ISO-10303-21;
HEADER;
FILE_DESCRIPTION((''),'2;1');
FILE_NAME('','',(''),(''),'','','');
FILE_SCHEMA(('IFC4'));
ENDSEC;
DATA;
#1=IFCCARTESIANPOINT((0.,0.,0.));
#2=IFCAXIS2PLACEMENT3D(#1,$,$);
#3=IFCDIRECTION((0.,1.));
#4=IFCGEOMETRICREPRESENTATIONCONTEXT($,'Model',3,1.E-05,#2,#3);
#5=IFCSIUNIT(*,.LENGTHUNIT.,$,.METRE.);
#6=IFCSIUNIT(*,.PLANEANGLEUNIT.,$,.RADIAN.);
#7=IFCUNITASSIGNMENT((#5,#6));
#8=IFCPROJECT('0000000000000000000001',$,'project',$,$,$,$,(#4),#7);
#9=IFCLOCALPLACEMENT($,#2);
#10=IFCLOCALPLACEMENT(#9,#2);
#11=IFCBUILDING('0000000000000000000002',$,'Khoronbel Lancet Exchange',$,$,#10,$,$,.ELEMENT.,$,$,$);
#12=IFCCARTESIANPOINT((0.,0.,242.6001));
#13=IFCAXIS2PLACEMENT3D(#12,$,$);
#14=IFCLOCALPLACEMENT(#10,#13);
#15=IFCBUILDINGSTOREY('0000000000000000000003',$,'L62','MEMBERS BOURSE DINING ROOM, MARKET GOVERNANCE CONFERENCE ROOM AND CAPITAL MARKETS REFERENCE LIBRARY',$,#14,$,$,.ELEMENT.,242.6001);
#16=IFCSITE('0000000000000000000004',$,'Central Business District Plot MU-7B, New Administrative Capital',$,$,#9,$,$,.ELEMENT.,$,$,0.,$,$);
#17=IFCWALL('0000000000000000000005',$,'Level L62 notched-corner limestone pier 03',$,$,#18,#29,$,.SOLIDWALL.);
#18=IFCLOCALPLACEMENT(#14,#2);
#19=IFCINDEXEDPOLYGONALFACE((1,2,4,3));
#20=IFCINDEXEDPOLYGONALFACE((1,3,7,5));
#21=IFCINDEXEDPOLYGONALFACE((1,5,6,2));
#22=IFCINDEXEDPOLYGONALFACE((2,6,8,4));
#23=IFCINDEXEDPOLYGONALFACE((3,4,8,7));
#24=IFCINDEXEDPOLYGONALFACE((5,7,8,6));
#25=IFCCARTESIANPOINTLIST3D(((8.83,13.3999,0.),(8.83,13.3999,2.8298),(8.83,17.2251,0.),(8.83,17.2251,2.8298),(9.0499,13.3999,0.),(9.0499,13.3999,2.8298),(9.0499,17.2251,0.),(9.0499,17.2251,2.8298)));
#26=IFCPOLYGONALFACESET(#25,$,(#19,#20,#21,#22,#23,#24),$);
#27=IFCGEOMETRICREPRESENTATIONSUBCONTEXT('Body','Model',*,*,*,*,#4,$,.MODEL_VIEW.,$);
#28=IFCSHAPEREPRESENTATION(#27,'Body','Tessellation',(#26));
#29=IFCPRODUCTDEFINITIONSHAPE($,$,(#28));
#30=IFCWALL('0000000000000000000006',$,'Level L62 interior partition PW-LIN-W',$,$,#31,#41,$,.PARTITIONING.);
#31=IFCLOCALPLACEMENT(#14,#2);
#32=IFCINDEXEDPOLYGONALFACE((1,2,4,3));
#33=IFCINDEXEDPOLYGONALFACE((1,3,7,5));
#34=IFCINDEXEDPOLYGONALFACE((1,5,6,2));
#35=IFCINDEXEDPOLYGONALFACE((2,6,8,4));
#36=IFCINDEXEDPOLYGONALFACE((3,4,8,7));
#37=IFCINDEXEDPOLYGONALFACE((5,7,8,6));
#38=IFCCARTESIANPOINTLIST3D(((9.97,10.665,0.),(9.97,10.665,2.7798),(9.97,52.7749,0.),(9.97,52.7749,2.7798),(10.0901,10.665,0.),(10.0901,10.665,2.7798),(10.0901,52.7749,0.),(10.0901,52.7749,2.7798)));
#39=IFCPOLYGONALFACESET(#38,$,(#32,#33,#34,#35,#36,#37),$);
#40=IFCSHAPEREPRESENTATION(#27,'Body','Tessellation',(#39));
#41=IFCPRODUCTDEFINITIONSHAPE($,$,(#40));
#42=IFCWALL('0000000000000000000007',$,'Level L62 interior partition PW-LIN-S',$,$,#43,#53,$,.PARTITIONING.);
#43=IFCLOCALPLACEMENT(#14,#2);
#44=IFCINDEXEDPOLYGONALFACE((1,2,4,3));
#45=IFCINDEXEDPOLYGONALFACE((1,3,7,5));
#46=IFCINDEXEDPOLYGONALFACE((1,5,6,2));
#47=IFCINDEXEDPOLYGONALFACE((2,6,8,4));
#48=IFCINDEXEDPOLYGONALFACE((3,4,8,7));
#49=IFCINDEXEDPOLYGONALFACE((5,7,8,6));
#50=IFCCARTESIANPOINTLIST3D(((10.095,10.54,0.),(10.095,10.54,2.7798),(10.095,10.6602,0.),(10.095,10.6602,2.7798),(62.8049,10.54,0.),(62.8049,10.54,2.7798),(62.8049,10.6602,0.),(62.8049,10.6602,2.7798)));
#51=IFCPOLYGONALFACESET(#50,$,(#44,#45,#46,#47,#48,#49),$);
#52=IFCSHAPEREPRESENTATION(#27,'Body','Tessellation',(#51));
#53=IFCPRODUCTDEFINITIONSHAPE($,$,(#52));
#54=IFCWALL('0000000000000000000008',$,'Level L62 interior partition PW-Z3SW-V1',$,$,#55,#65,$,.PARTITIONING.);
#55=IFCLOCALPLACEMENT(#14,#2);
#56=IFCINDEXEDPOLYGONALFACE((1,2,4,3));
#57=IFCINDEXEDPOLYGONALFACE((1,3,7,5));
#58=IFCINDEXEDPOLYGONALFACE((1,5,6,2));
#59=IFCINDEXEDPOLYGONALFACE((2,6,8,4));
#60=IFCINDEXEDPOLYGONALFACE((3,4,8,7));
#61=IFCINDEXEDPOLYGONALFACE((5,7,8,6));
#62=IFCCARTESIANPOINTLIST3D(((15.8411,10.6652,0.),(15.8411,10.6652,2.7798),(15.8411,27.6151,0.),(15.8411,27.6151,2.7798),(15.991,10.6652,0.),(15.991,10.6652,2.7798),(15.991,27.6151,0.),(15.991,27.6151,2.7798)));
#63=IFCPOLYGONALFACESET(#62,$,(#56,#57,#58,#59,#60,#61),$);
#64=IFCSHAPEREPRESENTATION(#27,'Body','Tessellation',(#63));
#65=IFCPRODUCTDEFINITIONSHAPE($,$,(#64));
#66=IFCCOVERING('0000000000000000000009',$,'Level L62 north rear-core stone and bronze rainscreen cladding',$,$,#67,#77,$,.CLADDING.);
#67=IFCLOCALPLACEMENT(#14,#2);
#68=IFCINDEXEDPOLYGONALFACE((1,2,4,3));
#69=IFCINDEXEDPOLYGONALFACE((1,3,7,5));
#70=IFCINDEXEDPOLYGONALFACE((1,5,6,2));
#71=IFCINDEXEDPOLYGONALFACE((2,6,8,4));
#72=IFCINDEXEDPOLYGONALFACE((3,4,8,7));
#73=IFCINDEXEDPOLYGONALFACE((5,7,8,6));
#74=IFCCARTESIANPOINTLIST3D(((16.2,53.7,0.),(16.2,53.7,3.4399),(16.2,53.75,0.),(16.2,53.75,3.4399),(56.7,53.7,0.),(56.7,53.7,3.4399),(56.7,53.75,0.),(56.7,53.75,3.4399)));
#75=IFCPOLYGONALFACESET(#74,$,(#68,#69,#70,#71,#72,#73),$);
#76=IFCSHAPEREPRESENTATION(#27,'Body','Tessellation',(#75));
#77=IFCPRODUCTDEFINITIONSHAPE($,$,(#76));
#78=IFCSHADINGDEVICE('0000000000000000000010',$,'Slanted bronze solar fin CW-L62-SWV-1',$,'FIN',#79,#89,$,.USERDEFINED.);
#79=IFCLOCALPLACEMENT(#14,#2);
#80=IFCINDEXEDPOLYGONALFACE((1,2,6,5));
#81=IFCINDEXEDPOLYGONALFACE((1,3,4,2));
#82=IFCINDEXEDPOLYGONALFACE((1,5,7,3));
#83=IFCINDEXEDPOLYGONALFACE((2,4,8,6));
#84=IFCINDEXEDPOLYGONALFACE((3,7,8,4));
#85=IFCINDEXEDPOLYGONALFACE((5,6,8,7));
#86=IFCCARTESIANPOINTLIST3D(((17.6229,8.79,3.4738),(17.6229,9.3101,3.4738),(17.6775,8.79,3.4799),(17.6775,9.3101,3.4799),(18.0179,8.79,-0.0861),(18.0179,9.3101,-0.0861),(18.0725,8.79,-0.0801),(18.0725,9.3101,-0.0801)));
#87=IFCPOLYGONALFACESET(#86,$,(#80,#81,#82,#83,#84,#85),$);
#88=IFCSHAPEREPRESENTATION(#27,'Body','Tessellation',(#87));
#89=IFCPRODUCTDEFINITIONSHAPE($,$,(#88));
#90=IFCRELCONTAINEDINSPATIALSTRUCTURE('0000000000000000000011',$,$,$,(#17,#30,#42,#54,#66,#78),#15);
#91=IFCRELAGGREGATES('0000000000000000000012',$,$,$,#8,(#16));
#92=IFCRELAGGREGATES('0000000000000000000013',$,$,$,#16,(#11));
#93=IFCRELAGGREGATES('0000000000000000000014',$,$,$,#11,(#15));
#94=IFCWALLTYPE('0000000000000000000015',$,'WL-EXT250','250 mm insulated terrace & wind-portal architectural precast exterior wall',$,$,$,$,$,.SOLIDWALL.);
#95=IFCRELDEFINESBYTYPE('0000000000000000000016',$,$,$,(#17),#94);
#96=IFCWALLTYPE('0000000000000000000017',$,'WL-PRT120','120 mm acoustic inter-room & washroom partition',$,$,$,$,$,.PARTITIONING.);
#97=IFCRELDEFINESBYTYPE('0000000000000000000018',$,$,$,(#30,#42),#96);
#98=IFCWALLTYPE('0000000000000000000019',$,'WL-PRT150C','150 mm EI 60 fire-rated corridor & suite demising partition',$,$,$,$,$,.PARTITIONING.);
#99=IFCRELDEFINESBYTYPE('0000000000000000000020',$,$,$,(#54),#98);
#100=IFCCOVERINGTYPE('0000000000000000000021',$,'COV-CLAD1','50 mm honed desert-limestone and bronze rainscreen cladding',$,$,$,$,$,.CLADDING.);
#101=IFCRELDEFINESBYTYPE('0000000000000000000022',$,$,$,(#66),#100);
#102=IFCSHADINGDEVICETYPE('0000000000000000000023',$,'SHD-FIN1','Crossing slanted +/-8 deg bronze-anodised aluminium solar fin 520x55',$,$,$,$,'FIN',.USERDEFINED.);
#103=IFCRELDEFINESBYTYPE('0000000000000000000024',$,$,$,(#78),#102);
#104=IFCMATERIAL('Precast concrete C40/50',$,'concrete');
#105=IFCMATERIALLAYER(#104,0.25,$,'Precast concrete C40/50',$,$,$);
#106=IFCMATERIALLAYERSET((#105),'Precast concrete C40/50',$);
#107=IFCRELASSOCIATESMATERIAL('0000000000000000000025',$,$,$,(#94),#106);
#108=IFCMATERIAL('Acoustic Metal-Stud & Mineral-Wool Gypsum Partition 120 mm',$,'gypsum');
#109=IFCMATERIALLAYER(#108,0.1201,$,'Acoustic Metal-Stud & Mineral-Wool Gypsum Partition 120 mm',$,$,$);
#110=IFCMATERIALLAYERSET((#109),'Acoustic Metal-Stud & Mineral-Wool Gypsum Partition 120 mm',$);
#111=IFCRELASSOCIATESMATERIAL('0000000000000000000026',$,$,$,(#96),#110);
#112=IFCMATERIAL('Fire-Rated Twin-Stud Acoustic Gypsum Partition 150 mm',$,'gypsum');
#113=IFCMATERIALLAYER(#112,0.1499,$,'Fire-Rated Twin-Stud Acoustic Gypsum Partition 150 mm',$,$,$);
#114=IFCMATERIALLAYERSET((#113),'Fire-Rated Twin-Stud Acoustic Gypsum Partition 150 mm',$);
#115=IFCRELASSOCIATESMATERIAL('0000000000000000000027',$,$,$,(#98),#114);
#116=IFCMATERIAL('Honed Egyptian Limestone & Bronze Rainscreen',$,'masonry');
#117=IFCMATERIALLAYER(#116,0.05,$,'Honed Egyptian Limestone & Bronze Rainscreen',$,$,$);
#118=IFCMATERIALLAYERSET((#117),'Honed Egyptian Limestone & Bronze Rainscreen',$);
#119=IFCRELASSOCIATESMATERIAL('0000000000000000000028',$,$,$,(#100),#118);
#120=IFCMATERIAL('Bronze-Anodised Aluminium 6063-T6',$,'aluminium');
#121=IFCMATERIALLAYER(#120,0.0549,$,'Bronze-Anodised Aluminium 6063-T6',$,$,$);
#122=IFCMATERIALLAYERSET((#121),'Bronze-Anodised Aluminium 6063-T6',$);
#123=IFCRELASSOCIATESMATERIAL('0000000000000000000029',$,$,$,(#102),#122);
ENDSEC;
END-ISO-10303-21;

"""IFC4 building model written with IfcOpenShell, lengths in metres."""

from ifc_helpers import new_model, si_unit, direction, frame, frame_2d, origin, place, context, subcontext, project, spatial, polyline, rectangle, outline, extrude, material, layer, layer_set, type_object, element, save


model = new_model("IFC4")

# Units and contexts
model_context = context("Model", 3, precision=1e-05, world=origin(), true_north=direction((0.0, 1.0)))
body_context = subcontext(model_context, "Body", "Model", "MODEL_VIEW")
ifc_project = project(units=[si_unit("LENGTHUNIT", "METRE"), si_unit("PLANEANGLEUNIT", "RADIAN")], contexts=[model_context])

# Site, building, storey
site_placement = place(None, origin())
site = spatial("IfcSite", under=ifc_project, at=site_placement, Name="Central Business District Plot MU-7B, New Administrative Capital", CompositionType="ELEMENT", RefElevation=0.0)
building_placement = place(site_placement, origin())
building = spatial("IfcBuilding", under=site, at=building_placement, Name="Khoronbel Lancet Exchange", CompositionType="ELEMENT")
storey_placement = place(building_placement, frame((0.0, 0.0, 242.6001)))
storey = spatial("IfcBuildingStorey", under=building, at=storey_placement, Name="L62", Description="MEMBERS BOURSE DINING ROOM, MARKET GOVERNANCE CONFERENCE ROOM AND CAPITAL MARKETS REFERENCE LIBRARY", CompositionType="ELEMENT", Elevation=242.6001)

# Shared definitions
ifc_material_1 = material(Name="Bronze-Anodised Aluminium 6063-T6", Category="aluminium")

# Walls
ifc_material_2 = material(Name="Precast concrete C40/50", Category="concrete")
ifc_layer_1 = layer(ifc_material_2, 0.25, Name="Precast concrete C40/50")
ifc_layer_set_1 = layer_set([ifc_layer_1], Name="Precast concrete C40/50")
wall_type_1 = type_object("IfcWallType", Name="WL-EXT250", Description="250 mm insulated terrace & wind-portal architectural precast exterior wall", PredefinedType="SOLIDWALL", material=ifc_layer_set_1)
wall_1_placement = place(storey_placement, frame((8.9399, 13.3999, 0.0), z_axis=(0.0, 0.0, 1.0), x_axis=(0.0, 1.0, 0.0)))
element("IfcWall", 1, at=wall_1_placement, inside=storey, type_object=wall_type_1, Name="Level L62 notched-corner limestone pier 03", PredefinedType="SOLIDWALL", context=body_context, shape_type="SweptSolid", body=[
    extrude(rectangle(XDim=3.8252, YDim=0.22, at=frame_2d((1.9126, 0.0))), origin(), (0.0, 0.0, 1.0), 2.8298),
])
ifc_material_3 = material(Name="Acoustic Metal-Stud & Mineral-Wool Gypsum Partition 120 mm", Category="gypsum")
ifc_layer_2 = layer(ifc_material_3, 0.1201, Name="Acoustic Metal-Stud & Mineral-Wool Gypsum Partition 120 mm")
ifc_layer_set_2 = layer_set([ifc_layer_2], Name="Acoustic Metal-Stud & Mineral-Wool Gypsum Partition 120 mm")
wall_type_2 = type_object("IfcWallType", Name="WL-PRT120", Description="120 mm acoustic inter-room & washroom partition", PredefinedType="PARTITIONING", material=ifc_layer_set_2)
wall_2_placement = place(storey_placement, frame((10.03, 10.665, 0.0), z_axis=(0.0, 0.0, 1.0), x_axis=(0.0, 1.0, 0.0)))
element("IfcWall", 2, at=wall_2_placement, inside=storey, type_object=wall_type_2, Name="Level L62 interior partition PW-LIN-W", PredefinedType="PARTITIONING", context=body_context, shape_type="SweptSolid", body=[
    extrude(rectangle(XDim=42.1099, YDim=0.1201, at=frame_2d((21.0549, 0.0))), origin(), (0.0, 0.0, 1.0), 2.7798),
])
wall_3_placement = place(storey_placement, frame((10.095, 10.6001, 0.0), z_axis=(0.0, 0.0, 1.0), x_axis=(1.0, 0.0, 0.0)))
element("IfcWall", 3, at=wall_3_placement, inside=storey, type_object=wall_type_2, Name="Level L62 interior partition PW-LIN-S", PredefinedType="PARTITIONING", context=body_context, shape_type="SweptSolid", body=[
    extrude(rectangle(XDim=52.71, YDim=0.1201, at=frame_2d((26.355, 0.0))), origin(), (0.0, 0.0, 1.0), 2.7798),
])
ifc_material_4 = material(Name="Fire-Rated Twin-Stud Acoustic Gypsum Partition 150 mm", Category="gypsum")
ifc_layer_3 = layer(ifc_material_4, 0.1499, Name="Fire-Rated Twin-Stud Acoustic Gypsum Partition 150 mm")
ifc_layer_set_3 = layer_set([ifc_layer_3], Name="Fire-Rated Twin-Stud Acoustic Gypsum Partition 150 mm")
wall_type_3 = type_object("IfcWallType", Name="WL-PRT150C", Description="150 mm EI 60 fire-rated corridor & suite demising partition", PredefinedType="PARTITIONING", material=ifc_layer_set_3)
wall_4_placement = place(storey_placement, frame((15.916, 10.665, 0.0), z_axis=(0.0, 0.0, 1.0), x_axis=(0.0, 1.0, 0.0)))
element("IfcWall", 4, at=wall_4_placement, inside=storey, type_object=wall_type_3, Name="Level L62 interior partition PW-Z3SW-V1", PredefinedType="PARTITIONING", context=body_context, shape_type="SweptSolid", body=[
    extrude(rectangle(XDim=16.95, YDim=0.1499, at=frame_2d((8.4751, 0.0))), origin(), (0.0, 0.0, 1.0), 2.7798),
])

# Covering
ifc_material_5 = material(Name="Honed Egyptian Limestone & Bronze Rainscreen", Category="masonry")
ifc_layer_4 = layer(ifc_material_5, 0.05, Name="Honed Egyptian Limestone & Bronze Rainscreen")
ifc_layer_set_4 = layer_set([ifc_layer_4], Name="Honed Egyptian Limestone & Bronze Rainscreen")
covering_type = type_object("IfcCoveringType", Name="COV-CLAD1", Description="50 mm honed desert-limestone and bronze rainscreen cladding", PredefinedType="CLADDING", material=ifc_layer_set_4)
covering_placement = place(storey_placement, origin())
element("IfcCovering", 5, at=covering_placement, inside=storey, type_object=covering_type, Name="Level L62 north rear-core stone and bronze rainscreen cladding", PredefinedType="CLADDING", context=body_context, shape_type="SweptSolid", body=[
    extrude(outline(polyline([(16.2, 53.7), (56.7, 53.7), (56.7, 53.75), (16.2, 53.75), (16.2, 53.7)])), origin(), (0.0, 0.0, 1.0), 3.4399),
])

# Shading device
ifc_layer_5 = layer(ifc_material_1, 0.0549, Name="Bronze-Anodised Aluminium 6063-T6")
ifc_layer_set_5 = layer_set([ifc_layer_5], Name="Bronze-Anodised Aluminium 6063-T6")
shading_device_type = type_object("IfcShadingDeviceType", Name="SHD-FIN1", Description="Crossing slanted +/-8 deg bronze-anodised aluminium solar fin 520x55", ElementType="FIN", PredefinedType="USERDEFINED", material=ifc_layer_set_5)
shading_device_placement = place(storey_placement, frame((18.0725, 9.3101, -0.0801), z_axis=(0.9939, 0.0, 0.110282), x_axis=(0.0, -1.0, 0.0)))
element("IfcShadingDevice", 6, at=shading_device_placement, inside=storey, type_object=shading_device_type, Name="Slanted bronze solar fin CW-L62-SWV-1", ObjectType="FIN", PredefinedType="USERDEFINED", context=body_context, shape_type="SweptSolid", body=[
    extrude(outline(polyline([(0.0, 0.0), (0.52, 0.0), (0.52, -3.5818), (0.0, -3.5818), (0.0, 0.0)])), origin(), (0.0, 0.0, -1.0), 0.0549),
])

save(model, "model.ifc")
